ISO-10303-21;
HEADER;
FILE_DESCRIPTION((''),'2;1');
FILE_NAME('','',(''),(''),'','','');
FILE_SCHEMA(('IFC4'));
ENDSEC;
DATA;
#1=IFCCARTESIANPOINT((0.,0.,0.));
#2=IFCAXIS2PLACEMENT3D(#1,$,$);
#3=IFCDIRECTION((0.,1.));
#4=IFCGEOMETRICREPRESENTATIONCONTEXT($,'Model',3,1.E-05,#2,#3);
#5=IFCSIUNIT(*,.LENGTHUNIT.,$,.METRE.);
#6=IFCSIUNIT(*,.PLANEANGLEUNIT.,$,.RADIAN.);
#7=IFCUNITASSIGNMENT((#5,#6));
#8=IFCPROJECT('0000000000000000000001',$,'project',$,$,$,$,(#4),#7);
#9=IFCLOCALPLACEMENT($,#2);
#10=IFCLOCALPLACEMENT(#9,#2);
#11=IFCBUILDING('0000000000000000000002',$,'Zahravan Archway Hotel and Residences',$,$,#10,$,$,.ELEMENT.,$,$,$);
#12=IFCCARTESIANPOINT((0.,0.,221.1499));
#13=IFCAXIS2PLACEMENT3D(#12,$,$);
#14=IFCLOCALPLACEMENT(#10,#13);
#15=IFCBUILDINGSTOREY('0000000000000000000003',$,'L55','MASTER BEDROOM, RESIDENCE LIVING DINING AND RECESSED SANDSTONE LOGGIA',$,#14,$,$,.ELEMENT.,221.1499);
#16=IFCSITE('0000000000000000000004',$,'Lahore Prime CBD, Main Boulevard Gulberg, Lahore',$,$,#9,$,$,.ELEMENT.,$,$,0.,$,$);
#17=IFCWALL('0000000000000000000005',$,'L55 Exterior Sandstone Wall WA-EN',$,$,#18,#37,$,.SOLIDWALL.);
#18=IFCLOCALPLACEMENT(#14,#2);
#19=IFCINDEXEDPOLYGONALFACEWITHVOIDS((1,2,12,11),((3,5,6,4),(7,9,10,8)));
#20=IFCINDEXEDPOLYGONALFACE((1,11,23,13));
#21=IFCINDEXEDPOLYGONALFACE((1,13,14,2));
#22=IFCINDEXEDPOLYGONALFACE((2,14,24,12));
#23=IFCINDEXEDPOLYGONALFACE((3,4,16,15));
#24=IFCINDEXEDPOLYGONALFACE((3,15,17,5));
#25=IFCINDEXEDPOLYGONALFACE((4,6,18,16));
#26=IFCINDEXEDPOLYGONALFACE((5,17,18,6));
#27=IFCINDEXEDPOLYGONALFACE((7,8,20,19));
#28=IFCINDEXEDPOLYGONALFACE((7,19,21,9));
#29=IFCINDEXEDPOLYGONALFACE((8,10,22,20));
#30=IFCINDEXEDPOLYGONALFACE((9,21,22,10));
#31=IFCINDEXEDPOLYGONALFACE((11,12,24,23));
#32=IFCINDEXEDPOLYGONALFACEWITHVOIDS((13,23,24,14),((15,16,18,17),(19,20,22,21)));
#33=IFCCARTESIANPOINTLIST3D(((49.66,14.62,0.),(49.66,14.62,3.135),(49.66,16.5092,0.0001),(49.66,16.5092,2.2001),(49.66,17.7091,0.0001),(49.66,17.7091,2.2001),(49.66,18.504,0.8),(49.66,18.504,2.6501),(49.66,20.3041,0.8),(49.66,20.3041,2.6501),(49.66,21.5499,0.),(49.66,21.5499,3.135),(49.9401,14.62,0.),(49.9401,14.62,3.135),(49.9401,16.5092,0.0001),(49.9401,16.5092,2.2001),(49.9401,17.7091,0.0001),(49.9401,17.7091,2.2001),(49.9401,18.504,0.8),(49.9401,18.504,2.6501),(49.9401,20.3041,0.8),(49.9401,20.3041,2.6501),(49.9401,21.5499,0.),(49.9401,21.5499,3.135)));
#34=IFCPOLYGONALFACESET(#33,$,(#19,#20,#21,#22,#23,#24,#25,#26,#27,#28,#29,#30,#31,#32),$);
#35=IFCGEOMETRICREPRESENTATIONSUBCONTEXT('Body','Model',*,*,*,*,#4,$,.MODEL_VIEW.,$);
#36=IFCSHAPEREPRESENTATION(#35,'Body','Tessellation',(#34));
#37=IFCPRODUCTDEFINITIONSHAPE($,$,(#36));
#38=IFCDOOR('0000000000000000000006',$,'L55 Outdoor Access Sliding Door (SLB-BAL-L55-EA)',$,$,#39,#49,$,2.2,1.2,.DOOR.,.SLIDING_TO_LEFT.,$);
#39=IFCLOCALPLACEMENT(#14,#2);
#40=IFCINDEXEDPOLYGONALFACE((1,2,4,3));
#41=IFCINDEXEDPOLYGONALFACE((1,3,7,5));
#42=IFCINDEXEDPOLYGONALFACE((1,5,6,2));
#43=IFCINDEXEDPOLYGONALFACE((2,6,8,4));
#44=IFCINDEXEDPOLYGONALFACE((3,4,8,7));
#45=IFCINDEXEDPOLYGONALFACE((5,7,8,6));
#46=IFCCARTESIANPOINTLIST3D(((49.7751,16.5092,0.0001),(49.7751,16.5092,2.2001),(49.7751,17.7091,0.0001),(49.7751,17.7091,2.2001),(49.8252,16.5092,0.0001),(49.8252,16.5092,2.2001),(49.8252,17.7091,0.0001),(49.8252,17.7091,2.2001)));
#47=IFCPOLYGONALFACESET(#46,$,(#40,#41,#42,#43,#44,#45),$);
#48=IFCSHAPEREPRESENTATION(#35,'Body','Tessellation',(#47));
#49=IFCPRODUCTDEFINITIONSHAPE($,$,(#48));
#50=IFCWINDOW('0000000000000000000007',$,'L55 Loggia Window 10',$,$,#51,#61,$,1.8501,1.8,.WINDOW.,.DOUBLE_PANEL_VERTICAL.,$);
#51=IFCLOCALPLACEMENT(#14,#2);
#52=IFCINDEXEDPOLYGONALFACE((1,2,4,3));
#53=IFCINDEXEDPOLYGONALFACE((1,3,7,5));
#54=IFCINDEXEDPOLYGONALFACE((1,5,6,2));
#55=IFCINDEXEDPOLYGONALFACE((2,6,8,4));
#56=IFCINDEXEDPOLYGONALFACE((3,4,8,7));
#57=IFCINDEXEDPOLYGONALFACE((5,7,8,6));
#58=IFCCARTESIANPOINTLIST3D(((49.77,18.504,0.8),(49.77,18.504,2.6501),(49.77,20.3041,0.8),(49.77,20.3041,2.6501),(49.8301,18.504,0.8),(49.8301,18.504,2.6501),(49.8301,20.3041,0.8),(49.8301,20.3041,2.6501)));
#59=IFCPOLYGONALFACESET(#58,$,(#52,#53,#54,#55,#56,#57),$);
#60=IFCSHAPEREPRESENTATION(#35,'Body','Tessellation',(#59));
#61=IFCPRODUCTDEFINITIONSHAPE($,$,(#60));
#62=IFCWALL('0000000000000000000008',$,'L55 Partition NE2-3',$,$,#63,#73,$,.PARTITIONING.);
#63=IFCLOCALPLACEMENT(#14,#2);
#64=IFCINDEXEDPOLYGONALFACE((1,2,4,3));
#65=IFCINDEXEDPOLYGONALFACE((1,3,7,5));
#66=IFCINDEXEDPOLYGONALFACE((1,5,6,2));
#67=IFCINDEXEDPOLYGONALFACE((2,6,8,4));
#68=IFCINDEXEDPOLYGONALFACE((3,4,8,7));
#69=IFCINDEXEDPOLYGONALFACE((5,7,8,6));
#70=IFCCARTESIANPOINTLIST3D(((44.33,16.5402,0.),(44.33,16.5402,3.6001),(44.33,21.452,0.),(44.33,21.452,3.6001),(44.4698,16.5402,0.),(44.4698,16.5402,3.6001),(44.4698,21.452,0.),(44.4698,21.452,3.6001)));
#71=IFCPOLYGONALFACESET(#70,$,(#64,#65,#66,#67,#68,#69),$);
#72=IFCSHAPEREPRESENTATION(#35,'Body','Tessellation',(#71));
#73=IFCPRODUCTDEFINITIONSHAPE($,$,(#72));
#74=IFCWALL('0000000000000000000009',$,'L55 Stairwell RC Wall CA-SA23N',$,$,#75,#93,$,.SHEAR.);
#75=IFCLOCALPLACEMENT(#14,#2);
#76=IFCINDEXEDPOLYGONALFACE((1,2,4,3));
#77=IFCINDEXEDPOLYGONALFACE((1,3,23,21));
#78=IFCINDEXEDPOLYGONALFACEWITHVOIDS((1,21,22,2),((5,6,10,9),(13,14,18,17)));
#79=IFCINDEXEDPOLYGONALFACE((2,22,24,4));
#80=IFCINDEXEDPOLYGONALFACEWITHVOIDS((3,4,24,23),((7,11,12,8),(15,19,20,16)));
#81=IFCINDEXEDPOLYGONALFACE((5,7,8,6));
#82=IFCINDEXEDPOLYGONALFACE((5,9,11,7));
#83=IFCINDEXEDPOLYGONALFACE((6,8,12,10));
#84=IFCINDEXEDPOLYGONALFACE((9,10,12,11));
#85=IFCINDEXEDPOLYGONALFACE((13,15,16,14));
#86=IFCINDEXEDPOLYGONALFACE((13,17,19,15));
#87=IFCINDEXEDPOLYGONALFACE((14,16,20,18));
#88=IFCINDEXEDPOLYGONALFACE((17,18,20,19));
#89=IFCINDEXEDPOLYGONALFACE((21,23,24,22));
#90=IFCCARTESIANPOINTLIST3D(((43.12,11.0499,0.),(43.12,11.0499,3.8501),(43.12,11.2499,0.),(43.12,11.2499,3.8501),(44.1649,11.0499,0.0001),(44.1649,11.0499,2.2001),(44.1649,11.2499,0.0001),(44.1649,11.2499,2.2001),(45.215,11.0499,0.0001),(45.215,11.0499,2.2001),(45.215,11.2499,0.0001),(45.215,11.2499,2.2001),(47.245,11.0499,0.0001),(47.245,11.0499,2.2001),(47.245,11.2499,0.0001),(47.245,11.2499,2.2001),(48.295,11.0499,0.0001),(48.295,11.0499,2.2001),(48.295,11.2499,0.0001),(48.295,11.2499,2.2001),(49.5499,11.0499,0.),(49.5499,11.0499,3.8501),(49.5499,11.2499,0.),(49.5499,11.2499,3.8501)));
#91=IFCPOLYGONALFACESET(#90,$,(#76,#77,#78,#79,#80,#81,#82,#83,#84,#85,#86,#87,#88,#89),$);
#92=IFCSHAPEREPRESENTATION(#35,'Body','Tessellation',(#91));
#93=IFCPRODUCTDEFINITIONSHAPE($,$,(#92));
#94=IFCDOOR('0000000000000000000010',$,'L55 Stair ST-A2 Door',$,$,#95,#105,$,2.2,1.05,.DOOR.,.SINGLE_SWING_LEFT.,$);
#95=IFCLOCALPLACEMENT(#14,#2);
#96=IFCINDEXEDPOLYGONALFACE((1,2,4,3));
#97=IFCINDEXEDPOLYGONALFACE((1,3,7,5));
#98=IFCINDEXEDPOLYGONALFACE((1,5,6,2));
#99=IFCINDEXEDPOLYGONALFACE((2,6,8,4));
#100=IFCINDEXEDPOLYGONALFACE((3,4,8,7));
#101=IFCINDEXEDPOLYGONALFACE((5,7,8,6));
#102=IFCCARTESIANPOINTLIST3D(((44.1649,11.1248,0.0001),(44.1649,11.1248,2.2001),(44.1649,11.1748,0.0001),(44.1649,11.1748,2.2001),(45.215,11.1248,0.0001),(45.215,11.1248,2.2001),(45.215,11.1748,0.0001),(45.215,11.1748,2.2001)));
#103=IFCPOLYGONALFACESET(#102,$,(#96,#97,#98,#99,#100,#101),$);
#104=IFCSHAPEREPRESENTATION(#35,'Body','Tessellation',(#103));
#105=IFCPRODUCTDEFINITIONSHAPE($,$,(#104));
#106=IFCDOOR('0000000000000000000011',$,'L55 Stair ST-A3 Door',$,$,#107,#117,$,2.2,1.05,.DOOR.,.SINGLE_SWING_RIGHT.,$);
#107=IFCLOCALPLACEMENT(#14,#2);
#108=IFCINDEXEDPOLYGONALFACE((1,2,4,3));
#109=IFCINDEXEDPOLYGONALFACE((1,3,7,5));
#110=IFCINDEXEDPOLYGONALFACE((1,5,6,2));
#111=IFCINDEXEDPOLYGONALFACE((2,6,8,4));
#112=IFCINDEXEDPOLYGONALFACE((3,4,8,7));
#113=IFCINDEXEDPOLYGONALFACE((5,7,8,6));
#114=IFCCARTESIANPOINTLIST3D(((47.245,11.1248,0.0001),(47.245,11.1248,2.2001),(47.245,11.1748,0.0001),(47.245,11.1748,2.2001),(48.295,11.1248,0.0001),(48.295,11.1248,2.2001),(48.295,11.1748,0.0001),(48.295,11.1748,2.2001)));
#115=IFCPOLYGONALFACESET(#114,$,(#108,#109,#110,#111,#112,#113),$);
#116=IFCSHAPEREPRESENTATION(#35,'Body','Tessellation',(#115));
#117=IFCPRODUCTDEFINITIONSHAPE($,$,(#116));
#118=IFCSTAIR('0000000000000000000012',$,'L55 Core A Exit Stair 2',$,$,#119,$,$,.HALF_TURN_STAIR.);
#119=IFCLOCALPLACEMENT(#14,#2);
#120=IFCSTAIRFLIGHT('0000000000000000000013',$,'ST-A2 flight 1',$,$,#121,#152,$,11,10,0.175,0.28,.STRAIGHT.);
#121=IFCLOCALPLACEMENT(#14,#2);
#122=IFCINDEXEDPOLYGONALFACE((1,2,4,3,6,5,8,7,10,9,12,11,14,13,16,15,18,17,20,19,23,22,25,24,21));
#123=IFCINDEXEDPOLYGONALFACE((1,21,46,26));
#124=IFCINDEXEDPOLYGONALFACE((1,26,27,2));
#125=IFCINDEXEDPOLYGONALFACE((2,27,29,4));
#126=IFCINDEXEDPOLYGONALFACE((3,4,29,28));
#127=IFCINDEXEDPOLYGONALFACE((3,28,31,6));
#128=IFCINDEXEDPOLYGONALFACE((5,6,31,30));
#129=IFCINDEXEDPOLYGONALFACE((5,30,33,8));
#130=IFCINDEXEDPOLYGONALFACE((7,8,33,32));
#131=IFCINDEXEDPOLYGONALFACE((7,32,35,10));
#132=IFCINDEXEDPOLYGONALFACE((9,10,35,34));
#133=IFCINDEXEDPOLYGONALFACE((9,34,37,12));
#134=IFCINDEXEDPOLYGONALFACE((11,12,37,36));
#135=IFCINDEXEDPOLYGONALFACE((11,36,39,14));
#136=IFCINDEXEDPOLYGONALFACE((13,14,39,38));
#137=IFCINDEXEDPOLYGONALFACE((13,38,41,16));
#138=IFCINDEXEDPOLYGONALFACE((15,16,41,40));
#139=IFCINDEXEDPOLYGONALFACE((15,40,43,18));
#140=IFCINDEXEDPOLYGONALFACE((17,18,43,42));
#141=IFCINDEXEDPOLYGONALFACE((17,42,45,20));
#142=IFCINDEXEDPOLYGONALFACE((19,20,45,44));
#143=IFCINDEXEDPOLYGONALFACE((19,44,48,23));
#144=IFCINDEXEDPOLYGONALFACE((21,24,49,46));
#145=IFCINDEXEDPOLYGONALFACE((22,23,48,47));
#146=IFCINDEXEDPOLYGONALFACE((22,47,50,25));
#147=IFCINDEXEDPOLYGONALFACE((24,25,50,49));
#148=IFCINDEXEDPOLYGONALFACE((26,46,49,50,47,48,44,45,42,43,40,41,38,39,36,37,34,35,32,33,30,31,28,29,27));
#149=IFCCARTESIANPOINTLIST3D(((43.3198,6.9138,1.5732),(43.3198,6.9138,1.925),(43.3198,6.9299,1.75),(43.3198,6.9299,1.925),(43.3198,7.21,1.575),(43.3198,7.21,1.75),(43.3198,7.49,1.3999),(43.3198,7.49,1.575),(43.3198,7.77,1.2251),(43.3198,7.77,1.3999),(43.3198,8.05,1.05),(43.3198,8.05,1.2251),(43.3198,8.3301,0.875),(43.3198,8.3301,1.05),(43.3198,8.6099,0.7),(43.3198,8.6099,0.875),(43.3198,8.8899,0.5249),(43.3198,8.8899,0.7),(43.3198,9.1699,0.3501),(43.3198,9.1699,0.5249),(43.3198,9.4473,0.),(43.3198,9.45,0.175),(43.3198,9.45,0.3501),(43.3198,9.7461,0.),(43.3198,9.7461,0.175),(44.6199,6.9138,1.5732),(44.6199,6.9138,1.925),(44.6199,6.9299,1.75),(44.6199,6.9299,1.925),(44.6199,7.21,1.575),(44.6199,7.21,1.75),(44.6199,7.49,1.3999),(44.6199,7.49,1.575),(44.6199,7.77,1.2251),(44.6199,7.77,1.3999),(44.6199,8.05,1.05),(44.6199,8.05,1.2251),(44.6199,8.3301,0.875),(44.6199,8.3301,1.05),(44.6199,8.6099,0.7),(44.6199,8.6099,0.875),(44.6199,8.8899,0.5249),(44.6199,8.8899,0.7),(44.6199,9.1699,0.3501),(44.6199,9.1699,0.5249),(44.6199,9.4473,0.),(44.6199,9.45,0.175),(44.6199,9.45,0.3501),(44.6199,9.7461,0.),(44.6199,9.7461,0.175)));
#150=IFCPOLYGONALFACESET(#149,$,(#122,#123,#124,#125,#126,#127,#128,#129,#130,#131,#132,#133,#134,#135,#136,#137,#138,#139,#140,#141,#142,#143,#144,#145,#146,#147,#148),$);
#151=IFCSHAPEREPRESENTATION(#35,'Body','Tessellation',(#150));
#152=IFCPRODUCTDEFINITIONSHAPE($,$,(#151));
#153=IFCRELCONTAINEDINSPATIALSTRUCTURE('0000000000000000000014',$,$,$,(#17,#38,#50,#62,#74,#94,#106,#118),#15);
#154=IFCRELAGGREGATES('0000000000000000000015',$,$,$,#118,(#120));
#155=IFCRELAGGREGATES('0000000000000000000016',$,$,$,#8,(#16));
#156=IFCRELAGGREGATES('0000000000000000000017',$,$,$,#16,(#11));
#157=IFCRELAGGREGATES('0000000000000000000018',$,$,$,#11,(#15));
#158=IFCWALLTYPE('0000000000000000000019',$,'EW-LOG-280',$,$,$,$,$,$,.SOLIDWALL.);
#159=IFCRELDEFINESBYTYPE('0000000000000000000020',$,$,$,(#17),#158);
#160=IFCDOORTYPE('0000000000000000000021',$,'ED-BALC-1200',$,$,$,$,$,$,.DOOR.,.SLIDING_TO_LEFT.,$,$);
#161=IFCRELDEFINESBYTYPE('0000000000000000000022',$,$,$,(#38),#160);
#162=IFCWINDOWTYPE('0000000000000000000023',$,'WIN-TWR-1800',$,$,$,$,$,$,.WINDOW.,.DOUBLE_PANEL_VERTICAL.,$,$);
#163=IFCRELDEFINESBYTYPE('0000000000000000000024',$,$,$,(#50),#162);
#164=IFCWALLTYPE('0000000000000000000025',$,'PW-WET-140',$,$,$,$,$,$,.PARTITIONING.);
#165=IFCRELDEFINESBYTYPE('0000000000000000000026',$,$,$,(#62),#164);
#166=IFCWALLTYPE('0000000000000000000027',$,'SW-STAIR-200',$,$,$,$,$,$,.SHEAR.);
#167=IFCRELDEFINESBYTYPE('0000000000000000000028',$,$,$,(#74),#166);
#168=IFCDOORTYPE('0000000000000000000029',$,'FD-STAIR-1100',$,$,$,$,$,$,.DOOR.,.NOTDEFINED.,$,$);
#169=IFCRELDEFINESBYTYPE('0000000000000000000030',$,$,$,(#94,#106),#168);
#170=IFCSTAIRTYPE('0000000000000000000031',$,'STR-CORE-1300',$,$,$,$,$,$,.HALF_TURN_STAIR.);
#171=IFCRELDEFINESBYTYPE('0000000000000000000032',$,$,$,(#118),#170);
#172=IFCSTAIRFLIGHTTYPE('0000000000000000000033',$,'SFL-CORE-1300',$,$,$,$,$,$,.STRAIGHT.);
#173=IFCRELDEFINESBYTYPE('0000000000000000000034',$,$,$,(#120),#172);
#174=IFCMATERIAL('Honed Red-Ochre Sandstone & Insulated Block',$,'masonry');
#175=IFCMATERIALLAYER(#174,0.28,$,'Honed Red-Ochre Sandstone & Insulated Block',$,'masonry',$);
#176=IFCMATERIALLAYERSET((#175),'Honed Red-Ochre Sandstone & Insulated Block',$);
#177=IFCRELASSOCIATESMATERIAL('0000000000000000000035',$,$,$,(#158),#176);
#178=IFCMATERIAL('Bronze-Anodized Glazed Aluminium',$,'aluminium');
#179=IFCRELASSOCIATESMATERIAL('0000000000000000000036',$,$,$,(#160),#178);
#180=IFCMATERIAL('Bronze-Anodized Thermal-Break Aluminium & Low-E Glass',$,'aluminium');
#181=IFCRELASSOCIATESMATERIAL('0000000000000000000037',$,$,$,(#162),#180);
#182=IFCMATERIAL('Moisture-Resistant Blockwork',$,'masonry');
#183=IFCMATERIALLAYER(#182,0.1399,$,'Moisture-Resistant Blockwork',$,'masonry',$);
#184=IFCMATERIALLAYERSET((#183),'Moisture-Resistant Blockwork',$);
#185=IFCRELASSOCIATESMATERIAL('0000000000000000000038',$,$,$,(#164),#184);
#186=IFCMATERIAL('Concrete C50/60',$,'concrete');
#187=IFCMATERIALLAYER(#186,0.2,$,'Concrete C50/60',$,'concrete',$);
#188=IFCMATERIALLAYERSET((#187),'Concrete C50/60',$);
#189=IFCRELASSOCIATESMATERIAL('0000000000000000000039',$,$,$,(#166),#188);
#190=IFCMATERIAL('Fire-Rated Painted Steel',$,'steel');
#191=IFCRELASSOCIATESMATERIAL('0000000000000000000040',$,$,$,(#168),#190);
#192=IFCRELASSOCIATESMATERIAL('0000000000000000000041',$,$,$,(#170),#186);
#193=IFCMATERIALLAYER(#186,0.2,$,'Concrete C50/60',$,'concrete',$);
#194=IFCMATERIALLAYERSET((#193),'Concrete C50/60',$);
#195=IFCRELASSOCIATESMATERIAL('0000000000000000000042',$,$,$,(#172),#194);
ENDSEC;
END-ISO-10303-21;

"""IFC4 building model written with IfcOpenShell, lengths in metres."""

from ifc_helpers import new_model, si_unit, direction, frame, frame_2d, origin, place, context, subcontext, project, spatial, polyline, rectangle, outline, extrude, source, transform, mapped, material, layer, layer_set, type_object, type_shapes, element, fill, aggregate, save


model = new_model("IFC4")

# Units and contexts
model_context = context("Model", 3, precision=1e-05, world=origin(), true_north=direction((0.0, 1.0)))
body_context = subcontext(model_context, "Body", "Model", "MODEL_VIEW")
ifc_project = project(units=[si_unit("LENGTHUNIT", "METRE"), si_unit("PLANEANGLEUNIT", "RADIAN")], contexts=[model_context])

# Site, building, storey
site_placement = place(None, origin())
site = spatial("IfcSite", under=ifc_project, at=site_placement, Name="Lahore Prime CBD, Main Boulevard Gulberg, Lahore", CompositionType="ELEMENT", RefElevation=0.0)
building_placement = place(site_placement, origin())
building = spatial("IfcBuilding", under=site, at=building_placement, Name="Zahravan Archway Hotel and Residences", CompositionType="ELEMENT")
storey_placement = place(building_placement, frame((0.0, 0.0, 221.1499)))
storey = spatial("IfcBuildingStorey", under=building, at=storey_placement, Name="L55", Description="MASTER BEDROOM, RESIDENCE LIVING DINING AND RECESSED SANDSTONE LOGGIA", CompositionType="ELEMENT", Elevation=221.1499)

# Wall, openings, door, window
ifc_material_1 = material(Name="Honed Red-Ochre Sandstone & Insulated Block", Category="masonry")
ifc_layer_1 = layer(ifc_material_1, 0.28, Name="Honed Red-Ochre Sandstone & Insulated Block", Category="masonry")
ifc_layer_set_1 = layer_set([ifc_layer_1], Name="Honed Red-Ochre Sandstone & Insulated Block")
wall_type_1 = type_object("IfcWallType", Name="EW-LOG-280", PredefinedType="SOLIDWALL", material=ifc_layer_set_1)
wall_1_placement = place(storey_placement, frame((49.8, 14.6201, 0.0), z_axis=(0.0, 0.0, 1.0), x_axis=(0.0, 1.0, 0.0)))
wall_1 = element("IfcWall", 1, at=wall_1_placement, inside=storey, type_object=wall_type_1, Name="L55 Exterior Sandstone Wall WA-EN", PredefinedType="SOLIDWALL", context=body_context, shape_type="SweptSolid", body=[
    extrude(rectangle(XDim=6.9299, YDim=0.28, at=frame_2d((3.4648, 0.0))), origin(), (0.0, 0.0, 1.0), 3.135),
])
opening_1_placement = place(wall_1_placement, frame((1.8889, 0.0, 0.0)))
opening_1 = element("IfcOpeningElement", 2, at=opening_1_placement, cuts=wall_1, PredefinedType="OPENING", context=body_context, shape_type="SweptSolid", body=[
    extrude(rectangle(XDim=1.2, YDim=2.2, at=frame_2d((0.6001, 1.1001))), frame((0.0, 0.1499, 0.0), z_axis=(0.0, -1.0, 0.0), x_axis=(1.0, 0.0, 0.0)), (0.0, 0.0, 1.0), 0.3),
])
opening_2_placement = place(wall_1_placement, frame((3.884, 0.0, 0.8)))
opening_2 = element("IfcOpeningElement", 3, at=opening_2_placement, cuts=wall_1, PredefinedType="OPENING", context=body_context, shape_type="SweptSolid", body=[
    extrude(rectangle(XDim=1.8, YDim=1.8501, at=frame_2d((0.8999, 0.925))), frame((0.0, 0.1499, 0.0), z_axis=(0.0, -1.0, 0.0), x_axis=(1.0, 0.0, 0.0)), (0.0, 0.0, 1.0), 0.3),
])
ifc_material_2 = material(Name="Bronze-Anodized Glazed Aluminium", Category="aluminium")
door_type_1 = type_object("IfcDoorType", Name="ED-BALC-1200", OperationType="SLIDING_TO_LEFT", PredefinedType="DOOR", material=ifc_material_2)
shared_shape_1 = source(origin(), body_context, "Body", "SweptSolid", [
    extrude(rectangle(XDim=1.2, YDim=2.2, at=frame_2d((0.6001, 1.1001))), frame((0.0, 0.0249, 0.0), z_axis=(0.0, -1.0, 0.0), x_axis=(1.0, 0.0, 0.0)), (0.0, 0.0, 1.0), 0.05),
])
type_shapes(door_type_1, [shared_shape_1])
door_1_placement = place(opening_1_placement, origin())
door_1 = element("IfcDoor", 4, at=door_1_placement, inside=storey, type_object=door_type_1, Name="L55 Outdoor Access Sliding Door (SLB-BAL-L55-EA)", OperationType="SLIDING_TO_LEFT", OverallHeight=2.2, OverallWidth=1.2, PredefinedType="DOOR", context=body_context, shape_type="MappedRepresentation", body=[
    mapped(shared_shape_1, transform((0.0, 0.0, 0.0), scale=1.0)),
])
fill(opening_1, door_1)
ifc_material_3 = material(Name="Bronze-Anodized Thermal-Break Aluminium & Low-E Glass", Category="aluminium")
window_type = type_object("IfcWindowType", Name="WIN-TWR-1800", PartitioningType="DOUBLE_PANEL_VERTICAL", PredefinedType="WINDOW", material=ifc_material_3)
shared_shape_2 = source(origin(), body_context, "Body", "SweptSolid", [
    extrude(rectangle(XDim=1.8, YDim=1.8501, at=frame_2d((0.8999, 0.925))), frame((0.0, 0.03, 0.0), z_axis=(0.0, -1.0, 0.0), x_axis=(1.0, 0.0, 0.0)), (0.0, 0.0, 1.0), 0.0601),
])
type_shapes(window_type, [shared_shape_2])
window_placement = place(opening_2_placement, origin())
window = element("IfcWindow", 5, at=window_placement, inside=storey, type_object=window_type, Name="L55 Loggia Window 10", OverallHeight=1.8501, OverallWidth=1.8, PartitioningType="DOUBLE_PANEL_VERTICAL", PredefinedType="WINDOW", context=body_context, shape_type="MappedRepresentation", body=[
    mapped(shared_shape_2, transform((0.0, 0.0, 0.0), scale=1.0)),
])
fill(opening_2, window)

# Shared definitions
ifc_material_4 = material(Name="Fire-Rated Painted Steel", Category="steel")

# Wall
ifc_material_5 = material(Name="Moisture-Resistant Blockwork", Category="masonry")
ifc_layer_2 = layer(ifc_material_5, 0.1399, Name="Moisture-Resistant Blockwork", Category="masonry")
ifc_layer_set_2 = layer_set([ifc_layer_2], Name="Moisture-Resistant Blockwork")
wall_type_2 = type_object("IfcWallType", Name="PW-WET-140", PredefinedType="PARTITIONING", material=ifc_layer_set_2)
wall_2_placement = place(storey_placement, frame((44.3999, 16.54, 0.0), z_axis=(0.0, 0.0, 1.0), x_axis=(0.0, 1.0, 0.0)))
element("IfcWall", 6, at=wall_2_placement, inside=storey, type_object=wall_type_2, Name="L55 Partition NE2-3", PredefinedType="PARTITIONING", context=body_context, shape_type="SweptSolid", body=[
    extrude(rectangle(XDim=4.9119, YDim=0.1399, at=frame_2d((2.4561, 0.0))), origin(), (0.0, 0.0, 1.0), 3.6001),
])

# Wall, openings, doors
ifc_material_6 = material(Name="Concrete C50/60", Category="concrete")
ifc_layer_3 = layer(ifc_material_6, 0.2, Name="Concrete C50/60", Category="concrete")
ifc_layer_set_3 = layer_set([ifc_layer_3], Name="Concrete C50/60")
wall_type_3 = type_object("IfcWallType", Name="SW-STAIR-200", PredefinedType="SHEAR", material=ifc_layer_set_3)
wall_3_placement = place(storey_placement, frame((43.1201, 11.1499, 0.0), z_axis=(0.0, 0.0, 1.0), x_axis=(1.0, 0.0, 0.0)))
wall_3 = element("IfcWall", 7, at=wall_3_placement, inside=storey, type_object=wall_type_3, Name="L55 Stairwell RC Wall CA-SA23N", PredefinedType="SHEAR", context=body_context, shape_type="SweptSolid", body=[
    extrude(rectangle(XDim=6.4299, YDim=0.2, at=frame_2d((3.2148, 0.0))), origin(), (0.0, 0.0, 1.0), 3.8501),
])
opening_3_placement = place(wall_3_placement, frame((1.0449, 0.0, 0.0)))
opening_3 = element("IfcOpeningElement", 8, at=opening_3_placement, cuts=wall_3, PredefinedType="OPENING", context=body_context, shape_type="SweptSolid", body=[
    extrude(rectangle(XDim=1.05, YDim=2.2, at=frame_2d((0.5249, 1.1001))), frame((0.0, 0.1099, 0.0), z_axis=(0.0, -1.0, 0.0), x_axis=(1.0, 0.0, 0.0)), (0.0, 0.0, 1.0), 0.22),
])
opening_4_placement = place(wall_3_placement, frame((4.125, 0.0, 0.0)))
opening_4 = element("IfcOpeningElement", 9, at=opening_4_placement, cuts=wall_3, PredefinedType="OPENING", context=body_context, shape_type="SweptSolid", body=[
    extrude(rectangle(XDim=1.05, YDim=2.2, at=frame_2d((0.5249, 1.1001))), frame((0.0, 0.1099, 0.0), z_axis=(0.0, -1.0, 0.0), x_axis=(1.0, 0.0, 0.0)), (0.0, 0.0, 1.0), 0.22),
])
door_type_2 = type_object("IfcDoorType", Name="FD-STAIR-1100", OperationType="NOTDEFINED", PredefinedType="DOOR", material=ifc_material_4)
shared_shape_3 = source(origin(), body_context, "Body", "SweptSolid", [
    extrude(rectangle(XDim=1.05, YDim=2.2, at=frame_2d((0.5249, 1.1001))), frame((0.0, 0.0249, 0.0), z_axis=(0.0, -1.0, 0.0), x_axis=(1.0, 0.0, 0.0)), (0.0, 0.0, 1.0), 0.05),
])
type_shapes(door_type_2, [shared_shape_3])
door_2_placement = place(opening_3_placement, origin())
door_2 = element("IfcDoor", 10, at=door_2_placement, inside=storey, type_object=door_type_2, Name="L55 Stair ST-A2 Door", OperationType="SINGLE_SWING_LEFT", OverallHeight=2.2, OverallWidth=1.05, PredefinedType="DOOR", context=body_context, shape_type="MappedRepresentation", body=[
    mapped(shared_shape_3, transform((0.0, 0.0, 0.0), scale=1.0)),
])
fill(opening_3, door_2)
door_3_placement = place(opening_4_placement, origin())
door_3 = element("IfcDoor", 11, at=door_3_placement, inside=storey, type_object=door_type_2, Name="L55 Stair ST-A3 Door", OperationType="SINGLE_SWING_RIGHT", OverallHeight=2.2, OverallWidth=1.05, PredefinedType="DOOR", context=body_context, shape_type="MappedRepresentation", body=[
    mapped(shared_shape_3, transform((0.0, 0.0, 0.0), scale=1.0)),
])
fill(opening_4, door_3)

# Stair, stair flight
stair_type = type_object("IfcStairType", Name="STR-CORE-1300", PredefinedType="HALF_TURN_STAIR", material=ifc_material_6)
stair_1_placement = place(storey_placement, origin())
stair_1 = element("IfcStair", 12, at=stair_1_placement, inside=storey, type_object=stair_type, Name="L55 Core A Exit Stair 2", PredefinedType="HALF_TURN_STAIR")
ifc_layer_4 = layer(ifc_material_6, 0.2, Name="Concrete C50/60", Category="concrete")
ifc_layer_set_4 = layer_set([ifc_layer_4], Name="Concrete C50/60")
stair_flight_type = type_object("IfcStairFlightType", Name="SFL-CORE-1300", PredefinedType="STRAIGHT", material=ifc_layer_set_4)
shared_shape_4 = source(origin(), body_context, "Body", "SweptSolid", [
    extrude(outline(polyline([(-0.0161, 0.0), (-0.0161, 0.175), (0.28, 0.175), (0.28, 0.3501), (0.5601, 0.3501), (0.5601, 0.5249), (0.8401, 0.5249), (0.8401, 0.7), (1.1201, 0.7), (1.1201, 0.875), (1.3999, 0.875), (1.3999, 1.05), (1.6799, 1.05), (1.6799, 1.2251), (1.96, 1.2251), (1.96, 1.3999), (2.24, 1.3999), (2.24, 1.575), (2.52, 1.575), (2.52, 1.75), (2.8, 1.75), (2.8, 1.925), (2.8162, 1.925), (2.8162, 1.5732), (0.2827, 0.0), (-0.0161, 0.0)])), frame((0.0, 0.6499, 0.0), z_axis=(0.0, -1.0, 0.0), x_axis=(1.0, 0.0, 0.0)), (0.0, 0.0, 1.0), 1.3),
])
stair_flight_1_placement = place(storey_placement, frame((43.97, 9.73, 0.0), z_axis=(0.0, 0.0, 1.0), x_axis=(0.0, -1.0, 0.0)))
stair_flight_1 = element("IfcStairFlight", 13, at=stair_flight_1_placement, type_object=stair_flight_type, Name="ST-A2 flight 1", NumberOfRisers=11, NumberOfTreads=10, PredefinedType="STRAIGHT", RiserHeight=0.175, TreadLength=0.28, context=body_context, shape_type="MappedRepresentation", body=[
    mapped(shared_shape_4, transform((0.0, 0.0, 0.0), scale=1.0)),
])
aggregate(stair_1, [stair_flight_1])

save(model, "model.ifc")
